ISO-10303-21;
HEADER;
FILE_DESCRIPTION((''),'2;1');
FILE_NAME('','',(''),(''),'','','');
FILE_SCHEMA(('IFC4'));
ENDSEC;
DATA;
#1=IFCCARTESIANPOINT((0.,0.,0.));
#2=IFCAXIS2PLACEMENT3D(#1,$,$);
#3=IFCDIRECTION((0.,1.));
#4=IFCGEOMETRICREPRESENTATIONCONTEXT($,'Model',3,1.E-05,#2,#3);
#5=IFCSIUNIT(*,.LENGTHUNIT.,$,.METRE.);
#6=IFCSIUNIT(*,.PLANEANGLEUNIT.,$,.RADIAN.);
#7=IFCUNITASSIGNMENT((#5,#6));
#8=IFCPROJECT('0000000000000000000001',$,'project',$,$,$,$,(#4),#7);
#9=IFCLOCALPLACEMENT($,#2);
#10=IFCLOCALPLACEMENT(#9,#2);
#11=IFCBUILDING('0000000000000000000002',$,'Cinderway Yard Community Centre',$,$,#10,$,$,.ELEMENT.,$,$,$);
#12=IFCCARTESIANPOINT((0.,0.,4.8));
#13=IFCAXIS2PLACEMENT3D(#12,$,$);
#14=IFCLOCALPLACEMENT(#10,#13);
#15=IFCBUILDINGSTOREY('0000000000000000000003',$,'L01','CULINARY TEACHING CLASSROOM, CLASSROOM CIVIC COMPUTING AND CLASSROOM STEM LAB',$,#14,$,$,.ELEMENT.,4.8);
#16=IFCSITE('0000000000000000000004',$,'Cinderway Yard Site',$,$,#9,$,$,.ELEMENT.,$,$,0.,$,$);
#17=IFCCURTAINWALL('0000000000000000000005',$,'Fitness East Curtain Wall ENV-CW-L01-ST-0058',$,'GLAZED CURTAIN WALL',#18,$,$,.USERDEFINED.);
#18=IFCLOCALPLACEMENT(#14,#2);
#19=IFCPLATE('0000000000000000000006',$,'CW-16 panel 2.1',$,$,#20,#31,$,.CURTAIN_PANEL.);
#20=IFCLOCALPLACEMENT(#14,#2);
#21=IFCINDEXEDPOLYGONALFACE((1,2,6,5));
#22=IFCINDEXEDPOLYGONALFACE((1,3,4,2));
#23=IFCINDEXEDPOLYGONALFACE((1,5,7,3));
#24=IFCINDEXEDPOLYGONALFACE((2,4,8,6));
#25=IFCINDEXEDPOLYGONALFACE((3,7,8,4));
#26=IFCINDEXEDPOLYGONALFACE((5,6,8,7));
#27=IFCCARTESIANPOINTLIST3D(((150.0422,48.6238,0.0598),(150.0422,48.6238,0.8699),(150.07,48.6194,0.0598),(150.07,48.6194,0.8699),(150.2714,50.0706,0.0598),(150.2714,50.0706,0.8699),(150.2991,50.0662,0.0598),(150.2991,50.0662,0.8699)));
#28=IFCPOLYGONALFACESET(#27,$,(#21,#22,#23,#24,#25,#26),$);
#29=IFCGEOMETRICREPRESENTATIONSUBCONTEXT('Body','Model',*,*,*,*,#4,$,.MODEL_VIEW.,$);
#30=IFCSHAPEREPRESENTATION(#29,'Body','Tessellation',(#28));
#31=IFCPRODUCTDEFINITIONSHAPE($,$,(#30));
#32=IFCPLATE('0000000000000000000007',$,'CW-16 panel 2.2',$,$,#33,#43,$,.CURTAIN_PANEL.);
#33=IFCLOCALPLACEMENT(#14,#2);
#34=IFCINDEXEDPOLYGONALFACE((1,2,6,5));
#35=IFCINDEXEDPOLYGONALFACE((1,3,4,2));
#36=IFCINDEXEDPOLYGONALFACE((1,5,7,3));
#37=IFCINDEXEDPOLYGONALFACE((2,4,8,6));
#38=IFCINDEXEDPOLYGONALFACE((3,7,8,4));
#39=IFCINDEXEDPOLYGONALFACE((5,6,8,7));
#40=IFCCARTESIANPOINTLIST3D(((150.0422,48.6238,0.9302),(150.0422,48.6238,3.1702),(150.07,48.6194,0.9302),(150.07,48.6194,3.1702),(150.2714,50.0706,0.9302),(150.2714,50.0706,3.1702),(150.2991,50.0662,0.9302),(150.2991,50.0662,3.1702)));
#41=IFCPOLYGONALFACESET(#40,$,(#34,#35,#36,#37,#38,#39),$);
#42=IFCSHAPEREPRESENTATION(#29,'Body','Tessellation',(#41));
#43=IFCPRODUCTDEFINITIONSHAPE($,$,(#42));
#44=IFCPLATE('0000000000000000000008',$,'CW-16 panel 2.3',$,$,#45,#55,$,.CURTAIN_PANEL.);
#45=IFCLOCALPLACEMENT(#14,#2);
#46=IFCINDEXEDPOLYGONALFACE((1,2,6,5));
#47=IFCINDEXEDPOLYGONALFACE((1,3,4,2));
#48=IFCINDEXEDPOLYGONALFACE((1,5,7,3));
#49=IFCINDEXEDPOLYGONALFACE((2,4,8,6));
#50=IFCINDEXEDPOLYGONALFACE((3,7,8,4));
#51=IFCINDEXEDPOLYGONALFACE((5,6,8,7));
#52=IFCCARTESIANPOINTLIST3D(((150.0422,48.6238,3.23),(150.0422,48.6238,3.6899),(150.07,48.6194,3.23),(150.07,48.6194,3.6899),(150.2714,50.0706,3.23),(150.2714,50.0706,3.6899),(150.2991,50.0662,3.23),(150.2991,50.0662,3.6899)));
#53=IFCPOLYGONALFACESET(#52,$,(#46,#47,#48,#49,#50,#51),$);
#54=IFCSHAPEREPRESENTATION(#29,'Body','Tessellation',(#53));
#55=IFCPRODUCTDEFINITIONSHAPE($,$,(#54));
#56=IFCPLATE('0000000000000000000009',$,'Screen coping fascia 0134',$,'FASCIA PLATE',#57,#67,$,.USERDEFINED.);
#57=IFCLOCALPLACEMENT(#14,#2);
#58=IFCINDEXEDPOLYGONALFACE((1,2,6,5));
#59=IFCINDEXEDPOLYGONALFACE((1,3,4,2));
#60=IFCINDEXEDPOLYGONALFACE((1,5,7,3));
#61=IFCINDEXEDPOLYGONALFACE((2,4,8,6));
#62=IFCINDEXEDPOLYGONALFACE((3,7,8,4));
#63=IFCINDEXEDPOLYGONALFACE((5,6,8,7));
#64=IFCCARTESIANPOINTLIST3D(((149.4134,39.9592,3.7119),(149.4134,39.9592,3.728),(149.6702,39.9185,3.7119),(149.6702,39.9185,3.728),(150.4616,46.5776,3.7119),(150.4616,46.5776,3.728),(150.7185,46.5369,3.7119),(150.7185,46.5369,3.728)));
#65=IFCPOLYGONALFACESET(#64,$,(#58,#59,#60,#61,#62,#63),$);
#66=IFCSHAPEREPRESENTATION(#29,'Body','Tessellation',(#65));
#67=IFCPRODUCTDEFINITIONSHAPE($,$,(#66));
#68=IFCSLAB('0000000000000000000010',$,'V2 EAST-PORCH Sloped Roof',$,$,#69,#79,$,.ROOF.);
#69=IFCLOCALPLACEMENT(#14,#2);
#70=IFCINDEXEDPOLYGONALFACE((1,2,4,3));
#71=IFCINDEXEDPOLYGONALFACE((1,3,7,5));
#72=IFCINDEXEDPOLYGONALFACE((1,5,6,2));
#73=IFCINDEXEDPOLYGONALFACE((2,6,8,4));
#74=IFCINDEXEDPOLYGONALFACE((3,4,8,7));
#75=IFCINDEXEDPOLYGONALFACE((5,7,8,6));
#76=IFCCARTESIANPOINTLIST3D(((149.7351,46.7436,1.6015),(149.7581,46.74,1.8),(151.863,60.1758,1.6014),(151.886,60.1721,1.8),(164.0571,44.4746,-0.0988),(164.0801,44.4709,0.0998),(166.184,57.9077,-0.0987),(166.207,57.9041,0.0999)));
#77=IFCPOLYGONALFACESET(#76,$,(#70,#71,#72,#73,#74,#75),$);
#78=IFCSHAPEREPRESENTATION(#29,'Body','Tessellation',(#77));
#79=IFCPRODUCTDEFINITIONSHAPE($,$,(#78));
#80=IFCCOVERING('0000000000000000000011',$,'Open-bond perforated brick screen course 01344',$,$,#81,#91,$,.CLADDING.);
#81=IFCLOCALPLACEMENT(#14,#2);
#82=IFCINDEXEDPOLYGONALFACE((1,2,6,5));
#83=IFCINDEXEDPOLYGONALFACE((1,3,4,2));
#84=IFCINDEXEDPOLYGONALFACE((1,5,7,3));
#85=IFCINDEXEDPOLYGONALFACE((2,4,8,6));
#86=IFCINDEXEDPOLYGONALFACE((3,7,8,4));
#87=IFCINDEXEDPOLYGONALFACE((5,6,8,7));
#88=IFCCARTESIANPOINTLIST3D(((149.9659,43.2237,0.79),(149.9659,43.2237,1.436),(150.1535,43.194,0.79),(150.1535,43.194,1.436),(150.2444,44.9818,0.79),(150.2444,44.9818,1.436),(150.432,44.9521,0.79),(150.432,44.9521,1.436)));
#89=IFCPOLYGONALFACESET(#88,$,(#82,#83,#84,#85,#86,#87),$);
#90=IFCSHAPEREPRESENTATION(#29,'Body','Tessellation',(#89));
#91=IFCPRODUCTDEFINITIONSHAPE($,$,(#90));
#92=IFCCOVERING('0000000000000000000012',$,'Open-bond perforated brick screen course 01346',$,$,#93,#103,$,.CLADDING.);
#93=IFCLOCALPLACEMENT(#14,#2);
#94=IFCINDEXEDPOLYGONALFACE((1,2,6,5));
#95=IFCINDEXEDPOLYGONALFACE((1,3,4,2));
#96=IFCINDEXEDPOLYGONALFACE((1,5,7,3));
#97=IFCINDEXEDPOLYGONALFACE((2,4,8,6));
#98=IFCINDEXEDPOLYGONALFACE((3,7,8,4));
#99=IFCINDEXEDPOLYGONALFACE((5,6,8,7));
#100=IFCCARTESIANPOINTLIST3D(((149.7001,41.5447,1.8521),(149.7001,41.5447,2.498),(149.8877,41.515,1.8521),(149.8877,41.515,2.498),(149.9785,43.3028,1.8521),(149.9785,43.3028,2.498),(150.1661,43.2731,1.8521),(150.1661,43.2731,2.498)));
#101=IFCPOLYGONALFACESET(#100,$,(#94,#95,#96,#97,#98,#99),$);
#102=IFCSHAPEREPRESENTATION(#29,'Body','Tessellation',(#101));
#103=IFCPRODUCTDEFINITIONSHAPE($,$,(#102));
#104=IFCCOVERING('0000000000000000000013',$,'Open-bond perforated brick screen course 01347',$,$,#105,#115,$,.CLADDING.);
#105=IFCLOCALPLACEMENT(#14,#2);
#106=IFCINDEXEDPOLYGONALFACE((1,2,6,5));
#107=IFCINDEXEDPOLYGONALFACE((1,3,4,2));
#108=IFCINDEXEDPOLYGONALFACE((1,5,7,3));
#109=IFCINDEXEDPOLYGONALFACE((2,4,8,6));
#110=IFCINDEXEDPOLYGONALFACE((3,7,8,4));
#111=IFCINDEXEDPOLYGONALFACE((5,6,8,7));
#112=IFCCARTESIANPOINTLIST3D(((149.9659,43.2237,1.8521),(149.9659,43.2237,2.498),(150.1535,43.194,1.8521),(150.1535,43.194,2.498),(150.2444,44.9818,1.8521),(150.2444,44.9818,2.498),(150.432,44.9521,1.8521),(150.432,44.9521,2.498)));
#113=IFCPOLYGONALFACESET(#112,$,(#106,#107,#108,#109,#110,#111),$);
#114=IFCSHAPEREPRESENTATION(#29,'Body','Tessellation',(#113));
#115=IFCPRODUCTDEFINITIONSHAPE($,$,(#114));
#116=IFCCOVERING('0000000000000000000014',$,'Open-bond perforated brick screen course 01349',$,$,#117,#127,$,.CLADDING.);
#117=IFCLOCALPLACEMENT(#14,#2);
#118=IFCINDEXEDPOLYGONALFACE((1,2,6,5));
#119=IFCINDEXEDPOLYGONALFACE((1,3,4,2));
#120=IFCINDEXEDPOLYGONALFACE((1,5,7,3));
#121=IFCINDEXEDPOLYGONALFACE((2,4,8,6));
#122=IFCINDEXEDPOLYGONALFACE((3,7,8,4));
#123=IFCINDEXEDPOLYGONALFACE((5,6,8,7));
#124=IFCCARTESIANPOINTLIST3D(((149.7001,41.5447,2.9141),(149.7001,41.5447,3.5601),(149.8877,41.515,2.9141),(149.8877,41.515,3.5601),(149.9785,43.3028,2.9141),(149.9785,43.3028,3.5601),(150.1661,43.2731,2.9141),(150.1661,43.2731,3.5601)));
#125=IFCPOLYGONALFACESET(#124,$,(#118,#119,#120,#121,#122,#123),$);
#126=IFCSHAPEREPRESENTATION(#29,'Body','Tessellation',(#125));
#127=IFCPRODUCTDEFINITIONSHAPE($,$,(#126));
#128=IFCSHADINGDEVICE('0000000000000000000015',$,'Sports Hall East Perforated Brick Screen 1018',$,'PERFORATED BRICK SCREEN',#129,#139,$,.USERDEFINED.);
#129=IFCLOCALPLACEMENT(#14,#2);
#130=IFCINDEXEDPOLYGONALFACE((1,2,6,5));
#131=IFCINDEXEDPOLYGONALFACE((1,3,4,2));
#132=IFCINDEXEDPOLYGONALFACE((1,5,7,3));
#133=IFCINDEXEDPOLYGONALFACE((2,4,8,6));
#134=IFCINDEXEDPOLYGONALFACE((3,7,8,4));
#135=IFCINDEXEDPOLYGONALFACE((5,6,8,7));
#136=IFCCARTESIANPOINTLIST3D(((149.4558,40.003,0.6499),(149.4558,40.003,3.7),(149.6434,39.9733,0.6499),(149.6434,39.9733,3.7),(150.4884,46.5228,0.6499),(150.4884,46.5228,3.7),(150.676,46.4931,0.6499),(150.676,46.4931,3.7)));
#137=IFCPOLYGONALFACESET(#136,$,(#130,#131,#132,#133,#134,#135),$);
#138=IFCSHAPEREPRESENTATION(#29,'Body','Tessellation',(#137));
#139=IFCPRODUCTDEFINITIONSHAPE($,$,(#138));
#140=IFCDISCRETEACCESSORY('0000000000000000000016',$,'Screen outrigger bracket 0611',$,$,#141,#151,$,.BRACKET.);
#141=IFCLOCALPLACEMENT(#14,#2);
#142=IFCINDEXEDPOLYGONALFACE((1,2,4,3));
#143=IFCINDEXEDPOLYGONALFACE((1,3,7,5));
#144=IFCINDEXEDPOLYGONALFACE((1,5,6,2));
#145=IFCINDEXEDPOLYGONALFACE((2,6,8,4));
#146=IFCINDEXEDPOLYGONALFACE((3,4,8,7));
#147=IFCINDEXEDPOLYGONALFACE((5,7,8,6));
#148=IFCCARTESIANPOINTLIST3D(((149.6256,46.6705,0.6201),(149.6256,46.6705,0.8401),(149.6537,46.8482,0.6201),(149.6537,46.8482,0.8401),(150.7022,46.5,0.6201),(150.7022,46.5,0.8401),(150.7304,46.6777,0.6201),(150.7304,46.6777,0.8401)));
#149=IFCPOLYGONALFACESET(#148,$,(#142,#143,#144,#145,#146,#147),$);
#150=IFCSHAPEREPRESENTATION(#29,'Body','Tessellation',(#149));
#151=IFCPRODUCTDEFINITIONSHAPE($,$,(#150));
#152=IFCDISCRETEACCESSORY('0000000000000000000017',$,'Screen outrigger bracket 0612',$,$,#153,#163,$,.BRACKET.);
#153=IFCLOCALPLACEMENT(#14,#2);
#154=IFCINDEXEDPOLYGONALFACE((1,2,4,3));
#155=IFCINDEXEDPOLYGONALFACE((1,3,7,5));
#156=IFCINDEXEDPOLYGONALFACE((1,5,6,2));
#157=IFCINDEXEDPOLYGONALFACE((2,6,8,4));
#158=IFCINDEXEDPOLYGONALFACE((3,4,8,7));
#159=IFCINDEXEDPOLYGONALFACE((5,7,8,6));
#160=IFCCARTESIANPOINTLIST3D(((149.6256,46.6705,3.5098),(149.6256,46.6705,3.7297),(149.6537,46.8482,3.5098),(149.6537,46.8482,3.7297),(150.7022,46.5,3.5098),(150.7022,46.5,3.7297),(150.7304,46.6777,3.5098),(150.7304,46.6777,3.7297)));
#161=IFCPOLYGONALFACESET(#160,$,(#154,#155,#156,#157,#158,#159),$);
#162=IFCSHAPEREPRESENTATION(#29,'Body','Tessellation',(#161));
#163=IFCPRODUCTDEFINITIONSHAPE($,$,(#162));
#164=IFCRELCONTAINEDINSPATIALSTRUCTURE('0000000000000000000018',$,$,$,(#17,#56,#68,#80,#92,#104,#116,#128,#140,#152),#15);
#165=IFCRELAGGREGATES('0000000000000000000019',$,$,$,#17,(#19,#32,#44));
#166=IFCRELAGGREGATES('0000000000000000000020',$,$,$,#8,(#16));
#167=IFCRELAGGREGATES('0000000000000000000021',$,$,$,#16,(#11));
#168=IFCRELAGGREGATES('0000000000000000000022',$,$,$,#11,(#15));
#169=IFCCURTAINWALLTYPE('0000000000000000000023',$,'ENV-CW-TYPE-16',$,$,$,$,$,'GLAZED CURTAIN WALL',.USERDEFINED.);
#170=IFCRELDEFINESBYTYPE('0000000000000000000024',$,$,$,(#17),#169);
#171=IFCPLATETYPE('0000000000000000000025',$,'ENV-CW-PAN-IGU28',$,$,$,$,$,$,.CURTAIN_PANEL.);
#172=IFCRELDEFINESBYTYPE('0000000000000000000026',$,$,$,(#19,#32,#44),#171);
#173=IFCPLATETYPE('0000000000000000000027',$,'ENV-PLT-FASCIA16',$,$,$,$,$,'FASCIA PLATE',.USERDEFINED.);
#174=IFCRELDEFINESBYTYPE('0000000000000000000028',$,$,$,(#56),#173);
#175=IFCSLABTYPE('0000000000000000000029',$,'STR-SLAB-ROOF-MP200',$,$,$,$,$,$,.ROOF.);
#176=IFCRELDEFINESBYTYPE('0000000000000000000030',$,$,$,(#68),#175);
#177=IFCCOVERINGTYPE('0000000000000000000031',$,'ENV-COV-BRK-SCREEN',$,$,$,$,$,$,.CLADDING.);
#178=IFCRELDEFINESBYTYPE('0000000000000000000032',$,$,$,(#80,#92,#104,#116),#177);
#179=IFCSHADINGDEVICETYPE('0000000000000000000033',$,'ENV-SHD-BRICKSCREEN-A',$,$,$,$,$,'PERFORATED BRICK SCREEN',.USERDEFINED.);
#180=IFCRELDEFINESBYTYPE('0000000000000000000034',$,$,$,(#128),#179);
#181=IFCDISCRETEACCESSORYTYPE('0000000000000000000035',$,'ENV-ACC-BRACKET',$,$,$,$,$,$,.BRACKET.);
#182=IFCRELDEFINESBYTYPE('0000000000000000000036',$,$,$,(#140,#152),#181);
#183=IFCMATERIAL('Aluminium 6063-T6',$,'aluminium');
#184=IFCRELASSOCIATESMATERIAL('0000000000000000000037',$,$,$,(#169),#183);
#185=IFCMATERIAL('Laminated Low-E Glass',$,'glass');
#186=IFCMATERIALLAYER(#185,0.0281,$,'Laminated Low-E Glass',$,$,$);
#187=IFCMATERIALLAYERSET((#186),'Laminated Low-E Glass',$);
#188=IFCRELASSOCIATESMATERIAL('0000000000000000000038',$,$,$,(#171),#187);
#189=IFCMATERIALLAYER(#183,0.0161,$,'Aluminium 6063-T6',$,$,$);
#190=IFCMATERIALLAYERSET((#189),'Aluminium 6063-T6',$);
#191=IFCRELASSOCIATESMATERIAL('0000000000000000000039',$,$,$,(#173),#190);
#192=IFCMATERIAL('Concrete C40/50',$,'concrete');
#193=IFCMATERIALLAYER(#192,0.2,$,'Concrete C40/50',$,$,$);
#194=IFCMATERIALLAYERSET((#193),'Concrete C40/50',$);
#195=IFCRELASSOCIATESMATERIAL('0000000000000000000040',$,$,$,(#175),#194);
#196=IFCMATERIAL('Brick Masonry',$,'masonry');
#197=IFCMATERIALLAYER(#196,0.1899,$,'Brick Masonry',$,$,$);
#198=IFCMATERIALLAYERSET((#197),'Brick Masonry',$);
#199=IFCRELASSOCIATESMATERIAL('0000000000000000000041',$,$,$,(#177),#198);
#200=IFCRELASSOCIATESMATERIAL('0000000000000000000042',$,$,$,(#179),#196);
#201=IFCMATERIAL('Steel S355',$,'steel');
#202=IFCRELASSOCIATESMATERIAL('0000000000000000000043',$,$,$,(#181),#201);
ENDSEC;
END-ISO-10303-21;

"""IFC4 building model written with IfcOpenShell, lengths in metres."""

from ifc_helpers import new_model, si_unit, direction, frame, origin, origin_2d, place, context, subcontext, project, spatial, polyline, rectangle, outline, extrude, material, layer, layer_set, type_object, element, aggregate, save


model = new_model("IFC4")

# Units and contexts
model_context = context("Model", 3, precision=1e-05, world=origin(), true_north=direction((0.0, 1.0)))
body_context = subcontext(model_context, "Body", "Model", "MODEL_VIEW")
ifc_project = project(units=[si_unit("LENGTHUNIT", "METRE"), si_unit("PLANEANGLEUNIT", "RADIAN")], contexts=[model_context])

# Site, building, storey
site_placement = place(None, origin())
site = spatial("IfcSite", under=ifc_project, at=site_placement, Name="Cinderway Yard Site", CompositionType="ELEMENT", RefElevation=0.0)
building_placement = place(site_placement, origin())
building = spatial("IfcBuilding", under=site, at=building_placement, Name="Cinderway Yard Community Centre", CompositionType="ELEMENT")
storey_placement = place(building_placement, frame((0.0, 0.0, 4.8)))
storey = spatial("IfcBuildingStorey", under=building, at=storey_placement, Name="L01", Description="CULINARY TEACHING CLASSROOM, CLASSROOM CIVIC COMPUTING AND CLASSROOM STEM LAB", CompositionType="ELEMENT", Elevation=4.8)

# Curtain wall
ifc_material_1 = material(Name="Aluminium 6063-T6", Category="aluminium")
curtain_wall_type = type_object("IfcCurtainWallType", Name="ENV-CW-TYPE-16", ElementType="GLAZED CURTAIN WALL", PredefinedType="USERDEFINED", material=ifc_material_1)
curtain_wall_placement = place(storey_placement, origin())
curtain_wall = element("IfcCurtainWall", 1, at=curtain_wall_placement, inside=storey, type_object=curtain_wall_type, Name="Fitness East Curtain Wall ENV-CW-L01-ST-0058", ObjectType="GLAZED CURTAIN WALL", PredefinedType="USERDEFINED")

# Shared definitions
ifc_material_2 = material(Name="Steel S355", Category="steel")

# Plates
ifc_material_3 = material(Name="Laminated Low-E Glass", Category="glass")
ifc_layer_1 = layer(ifc_material_3, 0.0281, Name="Laminated Low-E Glass")
ifc_layer_set_1 = layer_set([ifc_layer_1], Name="Laminated Low-E Glass")
plate_type_1 = type_object("IfcPlateType", Name="ENV-CW-PAN-IGU28", PredefinedType="CURTAIN_PANEL", material=ifc_layer_set_1)
plate_1_placement = place(storey_placement, frame((150.1707, 49.345, 0.0598), z_axis=(0.0, 0.0, 1.0), x_axis=(0.156417, 0.987691, 0.0)))
plate_1 = element("IfcPlate", 2, at=plate_1_placement, type_object=plate_type_1, Name="CW-16 panel 2.1", PredefinedType="CURTAIN_PANEL", context=body_context, shape_type="SweptSolid", body=[
    extrude(rectangle(XDim=1.4648, YDim=0.0281, at=origin_2d()), origin(), (0.0, 0.0, 1.0), 0.8101),
])
plate_2_placement = place(storey_placement, frame((150.1707, 49.345, 0.9302), z_axis=(0.0, 0.0, 1.0), x_axis=(0.156417, 0.987691, 0.0)))
plate_2 = element("IfcPlate", 3, at=plate_2_placement, type_object=plate_type_1, Name="CW-16 panel 2.2", PredefinedType="CURTAIN_PANEL", context=body_context, shape_type="SweptSolid", body=[
    extrude(rectangle(XDim=1.4648, YDim=0.0281, at=origin_2d()), origin(), (0.0, 0.0, 1.0), 2.24),
])
plate_3_placement = place(storey_placement, frame((150.1707, 49.345, 3.23), z_axis=(0.0, 0.0, 1.0), x_axis=(0.156417, 0.987691, 0.0)))
plate_3 = element("IfcPlate", 4, at=plate_3_placement, type_object=plate_type_1, Name="CW-16 panel 2.3", PredefinedType="CURTAIN_PANEL", context=body_context, shape_type="SweptSolid", body=[
    extrude(rectangle(XDim=1.4648, YDim=0.0281, at=origin_2d()), origin(), (0.0, 0.0, 1.0), 0.46),
])
aggregate(curtain_wall, [plate_1, plate_2, plate_3])
ifc_layer_2 = layer(ifc_material_1, 0.0161, Name="Aluminium 6063-T6")
ifc_layer_set_2 = layer_set([ifc_layer_2], Name="Aluminium 6063-T6")
plate_type_2 = type_object("IfcPlateType", Name="ENV-PLT-FASCIA16", ElementType="FASCIA PLATE", PredefinedType="USERDEFINED", material=ifc_layer_set_2)
plate_4_placement = place(storey_placement, frame((150.0659, 43.248, 3.7119), z_axis=(0.0, 0.0, 1.0), x_axis=(-0.156434, -0.987688, 0.0)))
element("IfcPlate", 5, at=plate_4_placement, inside=storey, type_object=plate_type_2, Name="Screen coping fascia 0134", ObjectType="FASCIA PLATE", PredefinedType="USERDEFINED", context=body_context, shape_type="SweptSolid", body=[
    extrude(rectangle(XDim=6.7009, YDim=0.26, at=origin_2d()), origin(), (0.0, 0.0, 1.0), 0.0161),
])

# Slab
ifc_material_4 = material(Name="Concrete C40/50", Category="concrete")
ifc_layer_3 = layer(ifc_material_4, 0.2, Name="Concrete C40/50")
ifc_layer_set_3 = layer_set([ifc_layer_3], Name="Concrete C40/50")
slab_type = type_object("IfcSlabType", Name="STR-SLAB-ROOF-MP200", PredefinedType="ROOF", material=ifc_layer_set_3)
slab_placement = place(storey_placement, frame((149.7581, 46.74, 1.8), z_axis=(0.115023, -0.018217, 0.993196), x_axis=(0.980961, -0.155414, -0.116456)))
element("IfcSlab", 6, at=slab_placement, inside=storey, type_object=slab_type, Name="V2 EAST-PORCH Sloped Roof", PredefinedType="ROOF", context=body_context, shape_type="SweptSolid", body=[
    extrude(outline(polyline([(0.0, 0.0), (14.6, 0.0), (14.5987, 13.6005), (-0.0001, 13.5996), (0.0, 0.0)])), origin(), (0.0, 0.0, -1.0), 0.2),
])

# Coverings
ifc_material_5 = material(Name="Brick Masonry", Category="masonry")
ifc_layer_4 = layer(ifc_material_5, 0.1899, Name="Brick Masonry")
ifc_layer_set_4 = layer_set([ifc_layer_4], Name="Brick Masonry")
covering_type = type_object("IfcCoveringType", Name="ENV-COV-BRK-SCREEN", PredefinedType="CLADDING", material=ifc_layer_set_4)
for number, where, z_axis, x_axis, name in (
    (7, (150.199, 44.0879, 0.79), (0.0, 0.0, 1.0), (-0.156434, -0.987688, 0.0), "Open-bond perforated brick screen course 01344"),
    (8, (149.9331, 42.4089, 1.8521), (0.0, 0.0, 1.0), (-0.156434, -0.987688, 0.0), "Open-bond perforated brick screen course 01346"),
    (9, (150.199, 44.0879, 1.8521), (0.0, 0.0, 1.0), (-0.156434, -0.987688, 0.0), "Open-bond perforated brick screen course 01347"),
    (10, (149.9331, 42.4089, 2.9141), (0.0, 0.0, 1.0), (-0.156434, -0.987688, 0.0), "Open-bond perforated brick screen course 01349"),
):
    element("IfcCovering", number, at=place(storey_placement, frame(where, z_axis=z_axis, x_axis=x_axis)), inside=storey, type_object=covering_type, Name=name, PredefinedType="CLADDING", context=body_context, shape_type="SweptSolid", body=[
        extrude(rectangle(XDim=1.78, YDim=0.1899, at=origin_2d()), origin(), (0.0, 0.0, 1.0), 0.646),
    ])

# Shading device
shading_device_type = type_object("IfcShadingDeviceType", Name="ENV-SHD-BRICKSCREEN-A", ElementType="PERFORATED BRICK SCREEN", PredefinedType="USERDEFINED", material=ifc_material_5)
shading_device_placement = place(storey_placement, frame((150.0659, 43.248, 0.6499), z_axis=(0.0, 0.0, 1.0), x_axis=(-0.156434, -0.987688, 0.0)))
element("IfcShadingDevice", 11, at=shading_device_placement, inside=storey, type_object=shading_device_type, Name="Sports Hall East Perforated Brick Screen 1018", ObjectType="PERFORATED BRICK SCREEN", PredefinedType="USERDEFINED", context=body_context, shape_type="SweptSolid", body=[
    extrude(rectangle(XDim=6.6011, YDim=0.1899, at=origin_2d()), origin(), (0.0, 0.0, 1.0), 3.05),
])

# Discrete accessories
discrete_accessory_type = type_object("IfcDiscreteAccessoryType", Name="ENV-ACC-BRACKET", PredefinedType="BRACKET", material=ifc_material_2)
for number, where, z_axis, x_axis, name in (
    (12, (150.178, 46.6741, 0.6201), (0.0, 0.0, 1.0), (0.987688, -0.156434, 0.0), "Screen outrigger bracket 0611"),
    (13, (150.178, 46.6741, 3.5098), (0.0, 0.0, 1.0), (0.987688, -0.156434, 0.0), "Screen outrigger bracket 0612"),
):
    element("IfcDiscreteAccessory", number, at=place(storey_placement, frame(where, z_axis=z_axis, x_axis=x_axis)), inside=storey, type_object=discrete_accessory_type, Name=name, PredefinedType="BRACKET", context=body_context, shape_type="SweptSolid", body=[
        extrude(rectangle(XDim=1.0901, YDim=0.1799, at=origin_2d()), origin(), (0.0, 0.0, 1.0), 0.22),
    ])

save(model, "model.ifc")
